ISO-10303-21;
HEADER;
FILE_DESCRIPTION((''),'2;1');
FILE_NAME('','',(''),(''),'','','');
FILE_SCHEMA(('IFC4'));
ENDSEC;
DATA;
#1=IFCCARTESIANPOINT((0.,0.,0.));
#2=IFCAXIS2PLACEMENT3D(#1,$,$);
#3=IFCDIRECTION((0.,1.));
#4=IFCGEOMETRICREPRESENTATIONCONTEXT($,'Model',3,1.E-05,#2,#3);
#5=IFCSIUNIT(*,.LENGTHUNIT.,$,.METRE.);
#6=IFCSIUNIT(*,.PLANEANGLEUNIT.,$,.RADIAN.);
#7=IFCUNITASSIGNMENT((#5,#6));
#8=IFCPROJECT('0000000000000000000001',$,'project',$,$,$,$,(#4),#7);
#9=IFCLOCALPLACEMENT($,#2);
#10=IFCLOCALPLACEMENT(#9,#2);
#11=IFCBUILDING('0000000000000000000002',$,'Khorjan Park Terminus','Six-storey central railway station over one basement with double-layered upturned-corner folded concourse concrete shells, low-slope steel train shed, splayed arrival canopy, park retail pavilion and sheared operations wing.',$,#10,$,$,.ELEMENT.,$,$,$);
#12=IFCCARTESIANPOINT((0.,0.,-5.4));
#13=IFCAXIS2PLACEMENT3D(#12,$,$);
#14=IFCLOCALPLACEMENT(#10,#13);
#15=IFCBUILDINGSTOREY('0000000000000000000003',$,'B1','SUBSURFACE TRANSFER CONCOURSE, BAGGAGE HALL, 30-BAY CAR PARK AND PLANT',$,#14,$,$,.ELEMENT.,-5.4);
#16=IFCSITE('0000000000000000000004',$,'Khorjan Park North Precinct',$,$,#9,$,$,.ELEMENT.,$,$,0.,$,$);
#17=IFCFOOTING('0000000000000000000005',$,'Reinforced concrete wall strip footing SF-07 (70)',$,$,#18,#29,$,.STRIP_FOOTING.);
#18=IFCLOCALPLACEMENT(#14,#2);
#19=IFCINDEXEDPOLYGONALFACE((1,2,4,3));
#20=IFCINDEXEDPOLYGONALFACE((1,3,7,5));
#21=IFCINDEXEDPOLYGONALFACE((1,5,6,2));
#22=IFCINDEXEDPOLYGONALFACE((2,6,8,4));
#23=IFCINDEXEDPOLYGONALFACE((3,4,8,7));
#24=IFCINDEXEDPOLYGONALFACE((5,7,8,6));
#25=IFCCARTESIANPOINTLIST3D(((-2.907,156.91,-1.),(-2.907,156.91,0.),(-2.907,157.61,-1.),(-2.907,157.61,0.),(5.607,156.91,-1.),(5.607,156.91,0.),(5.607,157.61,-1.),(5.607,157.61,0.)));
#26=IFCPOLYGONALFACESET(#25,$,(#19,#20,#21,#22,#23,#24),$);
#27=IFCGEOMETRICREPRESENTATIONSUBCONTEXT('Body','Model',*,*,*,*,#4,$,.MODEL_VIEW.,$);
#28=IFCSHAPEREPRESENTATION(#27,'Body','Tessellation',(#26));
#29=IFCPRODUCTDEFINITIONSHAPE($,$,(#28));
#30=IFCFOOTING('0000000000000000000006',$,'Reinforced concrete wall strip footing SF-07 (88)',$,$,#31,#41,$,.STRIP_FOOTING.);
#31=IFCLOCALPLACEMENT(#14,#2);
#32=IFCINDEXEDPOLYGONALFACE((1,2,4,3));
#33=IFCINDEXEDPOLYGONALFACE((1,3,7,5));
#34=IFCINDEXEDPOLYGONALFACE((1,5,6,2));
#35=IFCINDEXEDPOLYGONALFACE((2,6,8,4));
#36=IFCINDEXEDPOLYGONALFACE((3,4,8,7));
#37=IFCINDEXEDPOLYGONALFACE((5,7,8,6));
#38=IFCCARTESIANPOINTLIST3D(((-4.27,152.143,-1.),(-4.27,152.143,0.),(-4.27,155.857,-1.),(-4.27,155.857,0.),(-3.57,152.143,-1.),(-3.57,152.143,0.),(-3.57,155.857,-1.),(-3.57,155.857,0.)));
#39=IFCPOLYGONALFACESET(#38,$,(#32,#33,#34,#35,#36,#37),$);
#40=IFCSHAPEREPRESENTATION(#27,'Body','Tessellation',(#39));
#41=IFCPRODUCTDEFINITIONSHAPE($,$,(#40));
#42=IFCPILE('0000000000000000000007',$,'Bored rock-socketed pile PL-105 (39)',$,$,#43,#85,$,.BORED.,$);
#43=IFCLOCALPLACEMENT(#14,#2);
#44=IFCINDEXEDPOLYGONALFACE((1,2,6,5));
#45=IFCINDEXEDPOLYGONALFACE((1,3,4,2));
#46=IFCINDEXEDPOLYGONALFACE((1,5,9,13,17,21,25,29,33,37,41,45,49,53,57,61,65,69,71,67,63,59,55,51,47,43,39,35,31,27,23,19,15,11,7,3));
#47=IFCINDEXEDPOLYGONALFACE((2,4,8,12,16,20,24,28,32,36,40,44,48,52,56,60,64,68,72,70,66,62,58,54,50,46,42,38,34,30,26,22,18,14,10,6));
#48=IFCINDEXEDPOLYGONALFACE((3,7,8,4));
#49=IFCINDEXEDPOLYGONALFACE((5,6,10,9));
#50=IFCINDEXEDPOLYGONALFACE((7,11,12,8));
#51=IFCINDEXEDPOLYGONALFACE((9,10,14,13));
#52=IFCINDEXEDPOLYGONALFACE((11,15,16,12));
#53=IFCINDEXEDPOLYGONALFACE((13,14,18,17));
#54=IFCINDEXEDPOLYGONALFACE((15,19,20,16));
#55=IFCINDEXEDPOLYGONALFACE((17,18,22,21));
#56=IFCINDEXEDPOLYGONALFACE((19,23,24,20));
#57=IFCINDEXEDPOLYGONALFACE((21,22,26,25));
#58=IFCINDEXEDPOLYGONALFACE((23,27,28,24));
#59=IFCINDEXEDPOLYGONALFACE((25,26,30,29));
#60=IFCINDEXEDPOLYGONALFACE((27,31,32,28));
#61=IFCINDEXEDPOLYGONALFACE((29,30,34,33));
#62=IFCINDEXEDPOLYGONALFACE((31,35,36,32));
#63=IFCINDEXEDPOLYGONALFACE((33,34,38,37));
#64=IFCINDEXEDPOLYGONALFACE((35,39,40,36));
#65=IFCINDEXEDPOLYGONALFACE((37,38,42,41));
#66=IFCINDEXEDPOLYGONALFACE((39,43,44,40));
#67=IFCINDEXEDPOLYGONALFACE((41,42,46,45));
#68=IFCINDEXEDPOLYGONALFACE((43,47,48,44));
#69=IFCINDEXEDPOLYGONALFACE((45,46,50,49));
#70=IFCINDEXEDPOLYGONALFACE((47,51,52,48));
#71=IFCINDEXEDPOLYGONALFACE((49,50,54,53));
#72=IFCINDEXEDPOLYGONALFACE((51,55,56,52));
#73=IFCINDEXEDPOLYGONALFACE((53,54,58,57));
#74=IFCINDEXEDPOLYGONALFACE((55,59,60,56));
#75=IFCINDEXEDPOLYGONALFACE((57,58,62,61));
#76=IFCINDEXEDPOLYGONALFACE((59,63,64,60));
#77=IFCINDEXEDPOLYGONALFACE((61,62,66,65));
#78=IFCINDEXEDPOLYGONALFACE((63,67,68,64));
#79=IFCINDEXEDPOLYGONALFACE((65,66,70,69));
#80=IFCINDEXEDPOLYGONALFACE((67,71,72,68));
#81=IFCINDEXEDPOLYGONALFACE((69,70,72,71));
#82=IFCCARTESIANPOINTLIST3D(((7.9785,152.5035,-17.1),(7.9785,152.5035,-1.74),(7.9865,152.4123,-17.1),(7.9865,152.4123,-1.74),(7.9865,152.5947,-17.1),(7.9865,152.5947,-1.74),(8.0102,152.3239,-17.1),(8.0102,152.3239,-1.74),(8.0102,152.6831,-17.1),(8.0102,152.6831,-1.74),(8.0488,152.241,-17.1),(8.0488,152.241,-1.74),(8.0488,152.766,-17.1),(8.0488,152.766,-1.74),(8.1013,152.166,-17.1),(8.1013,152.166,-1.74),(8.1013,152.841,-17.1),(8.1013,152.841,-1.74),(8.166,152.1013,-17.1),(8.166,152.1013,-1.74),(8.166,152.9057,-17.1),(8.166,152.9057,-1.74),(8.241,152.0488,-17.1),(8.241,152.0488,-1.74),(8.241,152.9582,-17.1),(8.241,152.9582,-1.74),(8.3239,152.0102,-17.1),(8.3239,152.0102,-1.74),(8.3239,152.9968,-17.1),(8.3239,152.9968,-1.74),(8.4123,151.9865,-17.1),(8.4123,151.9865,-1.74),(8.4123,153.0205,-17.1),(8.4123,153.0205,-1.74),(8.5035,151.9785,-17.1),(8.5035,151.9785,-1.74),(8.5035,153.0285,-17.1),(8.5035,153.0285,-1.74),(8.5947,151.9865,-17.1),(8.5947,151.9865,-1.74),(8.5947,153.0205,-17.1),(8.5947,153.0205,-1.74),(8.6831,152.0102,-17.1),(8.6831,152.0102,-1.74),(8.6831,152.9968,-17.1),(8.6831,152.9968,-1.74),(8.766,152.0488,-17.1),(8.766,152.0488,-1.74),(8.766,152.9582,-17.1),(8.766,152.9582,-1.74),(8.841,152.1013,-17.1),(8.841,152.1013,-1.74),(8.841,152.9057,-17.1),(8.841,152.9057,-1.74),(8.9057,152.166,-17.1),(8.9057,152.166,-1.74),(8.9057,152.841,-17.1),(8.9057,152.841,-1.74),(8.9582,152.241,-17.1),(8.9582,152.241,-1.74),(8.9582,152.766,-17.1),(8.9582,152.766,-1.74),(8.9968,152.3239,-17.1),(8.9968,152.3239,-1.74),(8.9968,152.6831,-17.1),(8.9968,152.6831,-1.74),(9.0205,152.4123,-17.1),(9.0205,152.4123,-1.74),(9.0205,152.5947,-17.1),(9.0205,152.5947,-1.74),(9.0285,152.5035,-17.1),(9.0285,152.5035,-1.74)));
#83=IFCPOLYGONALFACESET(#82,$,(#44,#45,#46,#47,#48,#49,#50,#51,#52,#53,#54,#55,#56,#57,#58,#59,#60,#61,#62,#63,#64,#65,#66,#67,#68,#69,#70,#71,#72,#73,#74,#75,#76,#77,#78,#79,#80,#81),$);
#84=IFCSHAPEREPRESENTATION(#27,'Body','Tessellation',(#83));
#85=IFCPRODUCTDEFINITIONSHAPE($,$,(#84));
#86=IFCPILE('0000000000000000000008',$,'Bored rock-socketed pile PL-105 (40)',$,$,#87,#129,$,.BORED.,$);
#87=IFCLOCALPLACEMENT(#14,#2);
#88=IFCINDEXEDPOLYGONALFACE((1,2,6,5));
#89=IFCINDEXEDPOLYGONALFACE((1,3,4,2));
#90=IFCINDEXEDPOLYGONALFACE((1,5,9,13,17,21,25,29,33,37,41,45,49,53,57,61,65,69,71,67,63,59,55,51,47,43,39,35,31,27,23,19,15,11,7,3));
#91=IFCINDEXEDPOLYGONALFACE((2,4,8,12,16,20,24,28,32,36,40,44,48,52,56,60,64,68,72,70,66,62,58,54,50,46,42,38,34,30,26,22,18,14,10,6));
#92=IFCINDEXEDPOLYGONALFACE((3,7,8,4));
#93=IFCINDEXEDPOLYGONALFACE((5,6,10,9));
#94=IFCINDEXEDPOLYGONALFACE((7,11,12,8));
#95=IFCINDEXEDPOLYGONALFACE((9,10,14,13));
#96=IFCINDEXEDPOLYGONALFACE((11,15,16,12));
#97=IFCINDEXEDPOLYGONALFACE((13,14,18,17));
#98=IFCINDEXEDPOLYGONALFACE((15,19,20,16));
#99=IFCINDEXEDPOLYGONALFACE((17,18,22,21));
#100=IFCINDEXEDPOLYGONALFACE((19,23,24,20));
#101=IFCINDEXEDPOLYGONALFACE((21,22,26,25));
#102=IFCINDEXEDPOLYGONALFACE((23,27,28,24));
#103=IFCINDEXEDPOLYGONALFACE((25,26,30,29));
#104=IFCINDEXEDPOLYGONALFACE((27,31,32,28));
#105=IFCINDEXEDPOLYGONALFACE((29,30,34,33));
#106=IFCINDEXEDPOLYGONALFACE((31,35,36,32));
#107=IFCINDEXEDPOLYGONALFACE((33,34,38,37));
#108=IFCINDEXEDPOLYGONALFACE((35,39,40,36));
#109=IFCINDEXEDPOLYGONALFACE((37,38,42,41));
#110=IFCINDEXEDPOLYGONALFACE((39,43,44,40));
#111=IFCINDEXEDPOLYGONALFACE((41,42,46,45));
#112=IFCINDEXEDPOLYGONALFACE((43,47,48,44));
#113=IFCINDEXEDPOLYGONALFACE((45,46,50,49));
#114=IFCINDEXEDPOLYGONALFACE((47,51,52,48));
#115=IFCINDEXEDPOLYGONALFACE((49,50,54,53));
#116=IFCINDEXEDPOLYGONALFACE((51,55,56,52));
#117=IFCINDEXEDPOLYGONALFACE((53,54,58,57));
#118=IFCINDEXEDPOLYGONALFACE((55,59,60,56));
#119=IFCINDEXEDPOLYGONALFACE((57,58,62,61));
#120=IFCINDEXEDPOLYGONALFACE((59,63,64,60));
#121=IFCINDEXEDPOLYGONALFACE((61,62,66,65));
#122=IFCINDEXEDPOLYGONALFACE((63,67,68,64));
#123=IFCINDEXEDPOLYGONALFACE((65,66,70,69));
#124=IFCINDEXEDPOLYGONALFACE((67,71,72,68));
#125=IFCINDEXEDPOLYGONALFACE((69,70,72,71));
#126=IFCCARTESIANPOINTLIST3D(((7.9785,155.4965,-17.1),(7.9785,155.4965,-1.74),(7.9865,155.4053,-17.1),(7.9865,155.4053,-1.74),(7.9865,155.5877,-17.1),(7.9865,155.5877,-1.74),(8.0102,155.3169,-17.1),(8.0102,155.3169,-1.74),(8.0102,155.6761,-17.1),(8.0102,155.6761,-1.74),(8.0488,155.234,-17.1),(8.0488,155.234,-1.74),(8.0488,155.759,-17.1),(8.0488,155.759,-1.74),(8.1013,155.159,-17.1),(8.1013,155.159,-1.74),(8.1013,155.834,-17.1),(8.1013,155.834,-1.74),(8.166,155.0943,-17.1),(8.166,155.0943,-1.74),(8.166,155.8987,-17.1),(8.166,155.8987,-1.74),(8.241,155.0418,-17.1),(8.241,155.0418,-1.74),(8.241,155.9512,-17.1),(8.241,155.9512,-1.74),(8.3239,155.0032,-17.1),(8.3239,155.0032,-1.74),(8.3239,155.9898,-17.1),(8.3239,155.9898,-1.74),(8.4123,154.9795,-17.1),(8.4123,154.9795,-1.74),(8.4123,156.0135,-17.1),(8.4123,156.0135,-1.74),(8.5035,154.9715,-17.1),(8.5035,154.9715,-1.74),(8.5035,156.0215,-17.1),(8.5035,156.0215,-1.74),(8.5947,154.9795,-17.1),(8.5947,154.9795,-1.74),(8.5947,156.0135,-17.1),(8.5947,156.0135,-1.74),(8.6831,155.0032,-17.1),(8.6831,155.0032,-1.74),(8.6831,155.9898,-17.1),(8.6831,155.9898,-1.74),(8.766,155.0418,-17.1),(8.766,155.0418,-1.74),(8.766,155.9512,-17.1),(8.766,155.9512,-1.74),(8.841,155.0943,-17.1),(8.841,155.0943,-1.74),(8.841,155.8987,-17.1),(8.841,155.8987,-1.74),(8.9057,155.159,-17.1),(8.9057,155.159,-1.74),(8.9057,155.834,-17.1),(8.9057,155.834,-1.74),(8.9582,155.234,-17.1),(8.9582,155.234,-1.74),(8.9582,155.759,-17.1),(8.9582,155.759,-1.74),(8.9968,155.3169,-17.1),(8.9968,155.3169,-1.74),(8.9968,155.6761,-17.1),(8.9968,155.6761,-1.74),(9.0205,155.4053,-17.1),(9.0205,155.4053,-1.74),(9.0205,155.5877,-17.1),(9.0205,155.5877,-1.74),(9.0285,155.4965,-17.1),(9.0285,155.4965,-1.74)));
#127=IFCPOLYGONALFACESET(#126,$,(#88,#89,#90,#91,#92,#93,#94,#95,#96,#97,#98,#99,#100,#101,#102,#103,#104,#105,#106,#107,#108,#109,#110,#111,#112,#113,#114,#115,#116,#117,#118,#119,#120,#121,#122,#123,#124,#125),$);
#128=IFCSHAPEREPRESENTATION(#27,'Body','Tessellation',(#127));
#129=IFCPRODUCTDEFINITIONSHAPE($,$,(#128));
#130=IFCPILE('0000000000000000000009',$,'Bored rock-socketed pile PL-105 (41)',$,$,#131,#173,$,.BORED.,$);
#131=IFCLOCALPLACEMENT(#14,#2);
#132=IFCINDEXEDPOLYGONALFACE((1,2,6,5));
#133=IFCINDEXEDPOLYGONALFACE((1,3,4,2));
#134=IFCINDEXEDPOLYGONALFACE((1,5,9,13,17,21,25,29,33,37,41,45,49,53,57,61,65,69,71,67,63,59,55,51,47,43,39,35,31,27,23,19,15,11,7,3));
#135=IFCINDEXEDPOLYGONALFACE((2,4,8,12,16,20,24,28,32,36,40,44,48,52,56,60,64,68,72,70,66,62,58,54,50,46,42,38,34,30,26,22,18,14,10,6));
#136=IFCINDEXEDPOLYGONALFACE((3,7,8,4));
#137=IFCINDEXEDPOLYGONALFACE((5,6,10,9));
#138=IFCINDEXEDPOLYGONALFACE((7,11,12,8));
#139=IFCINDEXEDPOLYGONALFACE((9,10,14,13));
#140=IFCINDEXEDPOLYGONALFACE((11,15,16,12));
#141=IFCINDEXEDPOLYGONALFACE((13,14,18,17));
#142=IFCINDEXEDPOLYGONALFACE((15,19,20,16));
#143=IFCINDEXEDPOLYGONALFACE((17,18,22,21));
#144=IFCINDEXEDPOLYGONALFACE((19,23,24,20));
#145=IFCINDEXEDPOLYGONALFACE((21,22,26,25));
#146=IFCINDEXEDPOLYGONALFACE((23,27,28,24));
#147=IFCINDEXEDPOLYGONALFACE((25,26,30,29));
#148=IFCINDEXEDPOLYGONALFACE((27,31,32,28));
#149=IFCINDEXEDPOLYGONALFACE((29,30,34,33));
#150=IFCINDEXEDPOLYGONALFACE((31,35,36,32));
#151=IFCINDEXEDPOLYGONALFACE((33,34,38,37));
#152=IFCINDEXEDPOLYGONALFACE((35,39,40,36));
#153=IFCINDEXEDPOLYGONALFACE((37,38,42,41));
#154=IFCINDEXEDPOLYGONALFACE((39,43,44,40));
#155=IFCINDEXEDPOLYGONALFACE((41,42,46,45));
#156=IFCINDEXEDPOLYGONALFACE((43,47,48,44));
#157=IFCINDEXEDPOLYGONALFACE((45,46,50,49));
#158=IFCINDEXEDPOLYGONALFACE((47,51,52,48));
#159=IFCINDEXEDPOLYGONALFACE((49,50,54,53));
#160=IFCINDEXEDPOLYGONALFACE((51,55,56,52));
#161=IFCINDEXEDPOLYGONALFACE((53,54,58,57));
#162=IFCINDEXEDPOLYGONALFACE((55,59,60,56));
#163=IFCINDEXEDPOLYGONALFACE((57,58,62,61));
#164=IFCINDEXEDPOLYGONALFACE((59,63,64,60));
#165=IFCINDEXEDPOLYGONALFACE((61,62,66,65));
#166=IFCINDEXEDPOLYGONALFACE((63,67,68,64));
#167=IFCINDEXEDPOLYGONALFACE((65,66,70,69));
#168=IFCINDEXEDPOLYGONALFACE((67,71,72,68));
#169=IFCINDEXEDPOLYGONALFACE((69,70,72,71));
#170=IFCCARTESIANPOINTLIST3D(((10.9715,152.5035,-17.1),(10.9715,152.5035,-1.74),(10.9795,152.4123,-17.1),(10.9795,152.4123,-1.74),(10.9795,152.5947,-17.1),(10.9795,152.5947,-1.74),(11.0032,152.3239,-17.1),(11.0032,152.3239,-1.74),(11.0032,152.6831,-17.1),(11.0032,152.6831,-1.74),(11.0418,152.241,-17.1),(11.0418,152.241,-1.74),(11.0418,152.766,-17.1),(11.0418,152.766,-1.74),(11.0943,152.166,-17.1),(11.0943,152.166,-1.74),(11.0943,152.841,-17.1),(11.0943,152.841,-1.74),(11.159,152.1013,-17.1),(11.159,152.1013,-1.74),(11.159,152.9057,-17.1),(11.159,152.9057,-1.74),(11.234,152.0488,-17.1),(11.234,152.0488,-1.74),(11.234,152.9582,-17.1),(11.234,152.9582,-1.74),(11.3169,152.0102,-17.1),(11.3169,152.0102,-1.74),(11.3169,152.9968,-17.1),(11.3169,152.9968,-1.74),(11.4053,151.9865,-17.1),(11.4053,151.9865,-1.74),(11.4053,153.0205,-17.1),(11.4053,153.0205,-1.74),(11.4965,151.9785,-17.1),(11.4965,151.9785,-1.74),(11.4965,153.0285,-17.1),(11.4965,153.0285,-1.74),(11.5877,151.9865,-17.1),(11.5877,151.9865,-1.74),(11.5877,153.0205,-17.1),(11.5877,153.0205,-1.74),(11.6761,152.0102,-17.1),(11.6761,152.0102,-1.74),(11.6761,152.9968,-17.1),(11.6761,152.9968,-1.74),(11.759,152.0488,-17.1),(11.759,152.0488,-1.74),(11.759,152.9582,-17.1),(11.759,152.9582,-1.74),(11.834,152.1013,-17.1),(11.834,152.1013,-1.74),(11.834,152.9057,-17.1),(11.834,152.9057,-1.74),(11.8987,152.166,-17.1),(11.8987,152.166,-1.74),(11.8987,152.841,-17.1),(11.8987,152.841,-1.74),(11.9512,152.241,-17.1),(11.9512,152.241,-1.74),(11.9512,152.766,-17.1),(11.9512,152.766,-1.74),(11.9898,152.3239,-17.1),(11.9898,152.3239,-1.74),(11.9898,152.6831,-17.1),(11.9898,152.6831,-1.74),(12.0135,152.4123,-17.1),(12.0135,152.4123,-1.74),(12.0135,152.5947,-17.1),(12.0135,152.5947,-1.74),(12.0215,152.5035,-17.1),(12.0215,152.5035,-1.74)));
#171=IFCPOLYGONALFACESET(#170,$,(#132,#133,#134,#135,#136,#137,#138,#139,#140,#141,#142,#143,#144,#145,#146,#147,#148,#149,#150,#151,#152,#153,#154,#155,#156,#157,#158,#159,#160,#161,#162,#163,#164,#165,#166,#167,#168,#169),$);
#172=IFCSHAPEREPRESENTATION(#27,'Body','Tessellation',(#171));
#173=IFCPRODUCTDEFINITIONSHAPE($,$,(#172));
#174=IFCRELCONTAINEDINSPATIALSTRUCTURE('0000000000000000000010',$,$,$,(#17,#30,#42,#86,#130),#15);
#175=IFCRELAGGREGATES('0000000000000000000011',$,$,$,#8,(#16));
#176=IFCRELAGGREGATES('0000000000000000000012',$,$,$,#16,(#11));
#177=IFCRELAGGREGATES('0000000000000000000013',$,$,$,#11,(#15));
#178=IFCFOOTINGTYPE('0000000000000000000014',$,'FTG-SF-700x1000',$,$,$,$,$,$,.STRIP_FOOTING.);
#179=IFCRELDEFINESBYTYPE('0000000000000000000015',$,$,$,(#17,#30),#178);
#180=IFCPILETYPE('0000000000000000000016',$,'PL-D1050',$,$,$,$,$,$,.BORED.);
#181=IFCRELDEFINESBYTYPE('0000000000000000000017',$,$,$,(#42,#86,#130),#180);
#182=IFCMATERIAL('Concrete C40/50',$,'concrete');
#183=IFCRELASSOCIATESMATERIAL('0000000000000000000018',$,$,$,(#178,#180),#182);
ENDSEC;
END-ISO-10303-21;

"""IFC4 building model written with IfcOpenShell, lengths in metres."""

from ifc_helpers import new_model, si_unit, direction, frame, origin, origin_2d, place, context, subcontext, project, spatial, rectangle, circle, extrude, material, material_profile, profile_set, type_object, element, save


model = new_model("IFC4")

# Units and contexts
model_context = context("Model", 3, precision=1e-05, world=origin(), true_north=direction((0.0, 1.0)))
body_context = subcontext(model_context, "Body", "Model", "MODEL_VIEW")
ifc_project = project(units=[si_unit("LENGTHUNIT", "METRE"), si_unit("PLANEANGLEUNIT", "RADIAN")], contexts=[model_context])

# Site, building, storey
site_placement = place(None, origin())
site = spatial("IfcSite", under=ifc_project, at=site_placement, Name="Khorjan Park North Precinct", CompositionType="ELEMENT", RefElevation=0.0)
building_placement = place(site_placement, origin())
building = spatial("IfcBuilding", under=site, at=building_placement, Name="Khorjan Park Terminus", Description="Six-storey central railway station over one basement with double-layered upturned-corner folded concourse concrete shells, low-slope steel train shed, splayed arrival canopy, park retail pavilion and sheared operations wing.", CompositionType="ELEMENT")
storey_placement = place(building_placement, frame((0.0, 0.0, -5.4)))
storey = spatial("IfcBuildingStorey", under=building, at=storey_placement, Name="B1", Description="SUBSURFACE TRANSFER CONCOURSE, BAGGAGE HALL, 30-BAY CAR PARK AND PLANT", CompositionType="ELEMENT", Elevation=-5.4)

# Footings
ifc_material_1 = material(Name="Concrete C40/50", Category="concrete")
ifc_material_profile_1 = material_profile(ifc_material_1, rectangle(XDim=0.7, YDim=1.0, at=origin_2d()), Name="RC 700x1000")
ifc_profile_set_1 = profile_set([ifc_material_profile_1], Name="Concrete C40/50")
footing_type_1 = type_object("IfcFootingType", Name="FTG-SF-700x1000", PredefinedType="STRIP_FOOTING", material=ifc_profile_set_1)
footing_1_placement = place(storey_placement, frame((-2.907, 157.26, -0.5), z_axis=(1.0, 0.0, 0.0), x_axis=(0.0, 1.0, 0.0)))
element("IfcFooting", 1, at=footing_1_placement, inside=storey, type_object=footing_type_1, Name="Reinforced concrete wall strip footing SF-07 (70)", PredefinedType="STRIP_FOOTING", context=body_context, shape_type="SweptSolid", body=[
    extrude(rectangle(XDim=0.7, YDim=1.0, at=origin_2d()), origin(), (0.0, 0.0, 1.0), 8.514),
])
footing_2_placement = place(storey_placement, frame((-3.92, 152.143, -0.5), z_axis=(0.0, 1.0, 0.0), x_axis=(-1.0, 0.0, 0.0)))
element("IfcFooting", 2, at=footing_2_placement, inside=storey, type_object=footing_type_1, Name="Reinforced concrete wall strip footing SF-07 (88)", PredefinedType="STRIP_FOOTING", context=body_context, shape_type="SweptSolid", body=[
    extrude(rectangle(XDim=0.7, YDim=1.0, at=origin_2d()), origin(), (0.0, 0.0, 1.0), 3.714),
])

# Piles
ifc_material_profile_2 = material_profile(ifc_material_1, circle(Radius=0.525, at=origin_2d()), Name="BORED D1050")
ifc_profile_set_2 = profile_set([ifc_material_profile_2], Name="Concrete C40/50")
pile_type_1 = type_object("IfcPileType", Name="PL-D1050", PredefinedType="BORED", material=ifc_profile_set_2)
for number, where, z_axis, x_axis, name in (
    (3, (8.5035, 152.5035, -1.74), (0.0, 0.0, -1.0), (1.0, 0.0, 0.0), "Bored rock-socketed pile PL-105 (39)"),
    (4, (8.5035, 155.4965, -1.74), (0.0, 0.0, -1.0), (1.0, 0.0, 0.0), "Bored rock-socketed pile PL-105 (40)"),
    (5, (11.4965, 152.5035, -1.74), (0.0, 0.0, -1.0), (1.0, 0.0, 0.0), "Bored rock-socketed pile PL-105 (41)"),
):
    element("IfcPile", number, at=place(storey_placement, frame(where, z_axis=z_axis, x_axis=x_axis)), inside=storey, type_object=pile_type_1, Name=name, PredefinedType="BORED", context=body_context, shape_type="SweptSolid", body=[
        extrude(circle(Radius=0.525, at=origin_2d()), origin(), (0.0, 0.0, 1.0), 15.36),
    ])

save(model, "model.ifc")
